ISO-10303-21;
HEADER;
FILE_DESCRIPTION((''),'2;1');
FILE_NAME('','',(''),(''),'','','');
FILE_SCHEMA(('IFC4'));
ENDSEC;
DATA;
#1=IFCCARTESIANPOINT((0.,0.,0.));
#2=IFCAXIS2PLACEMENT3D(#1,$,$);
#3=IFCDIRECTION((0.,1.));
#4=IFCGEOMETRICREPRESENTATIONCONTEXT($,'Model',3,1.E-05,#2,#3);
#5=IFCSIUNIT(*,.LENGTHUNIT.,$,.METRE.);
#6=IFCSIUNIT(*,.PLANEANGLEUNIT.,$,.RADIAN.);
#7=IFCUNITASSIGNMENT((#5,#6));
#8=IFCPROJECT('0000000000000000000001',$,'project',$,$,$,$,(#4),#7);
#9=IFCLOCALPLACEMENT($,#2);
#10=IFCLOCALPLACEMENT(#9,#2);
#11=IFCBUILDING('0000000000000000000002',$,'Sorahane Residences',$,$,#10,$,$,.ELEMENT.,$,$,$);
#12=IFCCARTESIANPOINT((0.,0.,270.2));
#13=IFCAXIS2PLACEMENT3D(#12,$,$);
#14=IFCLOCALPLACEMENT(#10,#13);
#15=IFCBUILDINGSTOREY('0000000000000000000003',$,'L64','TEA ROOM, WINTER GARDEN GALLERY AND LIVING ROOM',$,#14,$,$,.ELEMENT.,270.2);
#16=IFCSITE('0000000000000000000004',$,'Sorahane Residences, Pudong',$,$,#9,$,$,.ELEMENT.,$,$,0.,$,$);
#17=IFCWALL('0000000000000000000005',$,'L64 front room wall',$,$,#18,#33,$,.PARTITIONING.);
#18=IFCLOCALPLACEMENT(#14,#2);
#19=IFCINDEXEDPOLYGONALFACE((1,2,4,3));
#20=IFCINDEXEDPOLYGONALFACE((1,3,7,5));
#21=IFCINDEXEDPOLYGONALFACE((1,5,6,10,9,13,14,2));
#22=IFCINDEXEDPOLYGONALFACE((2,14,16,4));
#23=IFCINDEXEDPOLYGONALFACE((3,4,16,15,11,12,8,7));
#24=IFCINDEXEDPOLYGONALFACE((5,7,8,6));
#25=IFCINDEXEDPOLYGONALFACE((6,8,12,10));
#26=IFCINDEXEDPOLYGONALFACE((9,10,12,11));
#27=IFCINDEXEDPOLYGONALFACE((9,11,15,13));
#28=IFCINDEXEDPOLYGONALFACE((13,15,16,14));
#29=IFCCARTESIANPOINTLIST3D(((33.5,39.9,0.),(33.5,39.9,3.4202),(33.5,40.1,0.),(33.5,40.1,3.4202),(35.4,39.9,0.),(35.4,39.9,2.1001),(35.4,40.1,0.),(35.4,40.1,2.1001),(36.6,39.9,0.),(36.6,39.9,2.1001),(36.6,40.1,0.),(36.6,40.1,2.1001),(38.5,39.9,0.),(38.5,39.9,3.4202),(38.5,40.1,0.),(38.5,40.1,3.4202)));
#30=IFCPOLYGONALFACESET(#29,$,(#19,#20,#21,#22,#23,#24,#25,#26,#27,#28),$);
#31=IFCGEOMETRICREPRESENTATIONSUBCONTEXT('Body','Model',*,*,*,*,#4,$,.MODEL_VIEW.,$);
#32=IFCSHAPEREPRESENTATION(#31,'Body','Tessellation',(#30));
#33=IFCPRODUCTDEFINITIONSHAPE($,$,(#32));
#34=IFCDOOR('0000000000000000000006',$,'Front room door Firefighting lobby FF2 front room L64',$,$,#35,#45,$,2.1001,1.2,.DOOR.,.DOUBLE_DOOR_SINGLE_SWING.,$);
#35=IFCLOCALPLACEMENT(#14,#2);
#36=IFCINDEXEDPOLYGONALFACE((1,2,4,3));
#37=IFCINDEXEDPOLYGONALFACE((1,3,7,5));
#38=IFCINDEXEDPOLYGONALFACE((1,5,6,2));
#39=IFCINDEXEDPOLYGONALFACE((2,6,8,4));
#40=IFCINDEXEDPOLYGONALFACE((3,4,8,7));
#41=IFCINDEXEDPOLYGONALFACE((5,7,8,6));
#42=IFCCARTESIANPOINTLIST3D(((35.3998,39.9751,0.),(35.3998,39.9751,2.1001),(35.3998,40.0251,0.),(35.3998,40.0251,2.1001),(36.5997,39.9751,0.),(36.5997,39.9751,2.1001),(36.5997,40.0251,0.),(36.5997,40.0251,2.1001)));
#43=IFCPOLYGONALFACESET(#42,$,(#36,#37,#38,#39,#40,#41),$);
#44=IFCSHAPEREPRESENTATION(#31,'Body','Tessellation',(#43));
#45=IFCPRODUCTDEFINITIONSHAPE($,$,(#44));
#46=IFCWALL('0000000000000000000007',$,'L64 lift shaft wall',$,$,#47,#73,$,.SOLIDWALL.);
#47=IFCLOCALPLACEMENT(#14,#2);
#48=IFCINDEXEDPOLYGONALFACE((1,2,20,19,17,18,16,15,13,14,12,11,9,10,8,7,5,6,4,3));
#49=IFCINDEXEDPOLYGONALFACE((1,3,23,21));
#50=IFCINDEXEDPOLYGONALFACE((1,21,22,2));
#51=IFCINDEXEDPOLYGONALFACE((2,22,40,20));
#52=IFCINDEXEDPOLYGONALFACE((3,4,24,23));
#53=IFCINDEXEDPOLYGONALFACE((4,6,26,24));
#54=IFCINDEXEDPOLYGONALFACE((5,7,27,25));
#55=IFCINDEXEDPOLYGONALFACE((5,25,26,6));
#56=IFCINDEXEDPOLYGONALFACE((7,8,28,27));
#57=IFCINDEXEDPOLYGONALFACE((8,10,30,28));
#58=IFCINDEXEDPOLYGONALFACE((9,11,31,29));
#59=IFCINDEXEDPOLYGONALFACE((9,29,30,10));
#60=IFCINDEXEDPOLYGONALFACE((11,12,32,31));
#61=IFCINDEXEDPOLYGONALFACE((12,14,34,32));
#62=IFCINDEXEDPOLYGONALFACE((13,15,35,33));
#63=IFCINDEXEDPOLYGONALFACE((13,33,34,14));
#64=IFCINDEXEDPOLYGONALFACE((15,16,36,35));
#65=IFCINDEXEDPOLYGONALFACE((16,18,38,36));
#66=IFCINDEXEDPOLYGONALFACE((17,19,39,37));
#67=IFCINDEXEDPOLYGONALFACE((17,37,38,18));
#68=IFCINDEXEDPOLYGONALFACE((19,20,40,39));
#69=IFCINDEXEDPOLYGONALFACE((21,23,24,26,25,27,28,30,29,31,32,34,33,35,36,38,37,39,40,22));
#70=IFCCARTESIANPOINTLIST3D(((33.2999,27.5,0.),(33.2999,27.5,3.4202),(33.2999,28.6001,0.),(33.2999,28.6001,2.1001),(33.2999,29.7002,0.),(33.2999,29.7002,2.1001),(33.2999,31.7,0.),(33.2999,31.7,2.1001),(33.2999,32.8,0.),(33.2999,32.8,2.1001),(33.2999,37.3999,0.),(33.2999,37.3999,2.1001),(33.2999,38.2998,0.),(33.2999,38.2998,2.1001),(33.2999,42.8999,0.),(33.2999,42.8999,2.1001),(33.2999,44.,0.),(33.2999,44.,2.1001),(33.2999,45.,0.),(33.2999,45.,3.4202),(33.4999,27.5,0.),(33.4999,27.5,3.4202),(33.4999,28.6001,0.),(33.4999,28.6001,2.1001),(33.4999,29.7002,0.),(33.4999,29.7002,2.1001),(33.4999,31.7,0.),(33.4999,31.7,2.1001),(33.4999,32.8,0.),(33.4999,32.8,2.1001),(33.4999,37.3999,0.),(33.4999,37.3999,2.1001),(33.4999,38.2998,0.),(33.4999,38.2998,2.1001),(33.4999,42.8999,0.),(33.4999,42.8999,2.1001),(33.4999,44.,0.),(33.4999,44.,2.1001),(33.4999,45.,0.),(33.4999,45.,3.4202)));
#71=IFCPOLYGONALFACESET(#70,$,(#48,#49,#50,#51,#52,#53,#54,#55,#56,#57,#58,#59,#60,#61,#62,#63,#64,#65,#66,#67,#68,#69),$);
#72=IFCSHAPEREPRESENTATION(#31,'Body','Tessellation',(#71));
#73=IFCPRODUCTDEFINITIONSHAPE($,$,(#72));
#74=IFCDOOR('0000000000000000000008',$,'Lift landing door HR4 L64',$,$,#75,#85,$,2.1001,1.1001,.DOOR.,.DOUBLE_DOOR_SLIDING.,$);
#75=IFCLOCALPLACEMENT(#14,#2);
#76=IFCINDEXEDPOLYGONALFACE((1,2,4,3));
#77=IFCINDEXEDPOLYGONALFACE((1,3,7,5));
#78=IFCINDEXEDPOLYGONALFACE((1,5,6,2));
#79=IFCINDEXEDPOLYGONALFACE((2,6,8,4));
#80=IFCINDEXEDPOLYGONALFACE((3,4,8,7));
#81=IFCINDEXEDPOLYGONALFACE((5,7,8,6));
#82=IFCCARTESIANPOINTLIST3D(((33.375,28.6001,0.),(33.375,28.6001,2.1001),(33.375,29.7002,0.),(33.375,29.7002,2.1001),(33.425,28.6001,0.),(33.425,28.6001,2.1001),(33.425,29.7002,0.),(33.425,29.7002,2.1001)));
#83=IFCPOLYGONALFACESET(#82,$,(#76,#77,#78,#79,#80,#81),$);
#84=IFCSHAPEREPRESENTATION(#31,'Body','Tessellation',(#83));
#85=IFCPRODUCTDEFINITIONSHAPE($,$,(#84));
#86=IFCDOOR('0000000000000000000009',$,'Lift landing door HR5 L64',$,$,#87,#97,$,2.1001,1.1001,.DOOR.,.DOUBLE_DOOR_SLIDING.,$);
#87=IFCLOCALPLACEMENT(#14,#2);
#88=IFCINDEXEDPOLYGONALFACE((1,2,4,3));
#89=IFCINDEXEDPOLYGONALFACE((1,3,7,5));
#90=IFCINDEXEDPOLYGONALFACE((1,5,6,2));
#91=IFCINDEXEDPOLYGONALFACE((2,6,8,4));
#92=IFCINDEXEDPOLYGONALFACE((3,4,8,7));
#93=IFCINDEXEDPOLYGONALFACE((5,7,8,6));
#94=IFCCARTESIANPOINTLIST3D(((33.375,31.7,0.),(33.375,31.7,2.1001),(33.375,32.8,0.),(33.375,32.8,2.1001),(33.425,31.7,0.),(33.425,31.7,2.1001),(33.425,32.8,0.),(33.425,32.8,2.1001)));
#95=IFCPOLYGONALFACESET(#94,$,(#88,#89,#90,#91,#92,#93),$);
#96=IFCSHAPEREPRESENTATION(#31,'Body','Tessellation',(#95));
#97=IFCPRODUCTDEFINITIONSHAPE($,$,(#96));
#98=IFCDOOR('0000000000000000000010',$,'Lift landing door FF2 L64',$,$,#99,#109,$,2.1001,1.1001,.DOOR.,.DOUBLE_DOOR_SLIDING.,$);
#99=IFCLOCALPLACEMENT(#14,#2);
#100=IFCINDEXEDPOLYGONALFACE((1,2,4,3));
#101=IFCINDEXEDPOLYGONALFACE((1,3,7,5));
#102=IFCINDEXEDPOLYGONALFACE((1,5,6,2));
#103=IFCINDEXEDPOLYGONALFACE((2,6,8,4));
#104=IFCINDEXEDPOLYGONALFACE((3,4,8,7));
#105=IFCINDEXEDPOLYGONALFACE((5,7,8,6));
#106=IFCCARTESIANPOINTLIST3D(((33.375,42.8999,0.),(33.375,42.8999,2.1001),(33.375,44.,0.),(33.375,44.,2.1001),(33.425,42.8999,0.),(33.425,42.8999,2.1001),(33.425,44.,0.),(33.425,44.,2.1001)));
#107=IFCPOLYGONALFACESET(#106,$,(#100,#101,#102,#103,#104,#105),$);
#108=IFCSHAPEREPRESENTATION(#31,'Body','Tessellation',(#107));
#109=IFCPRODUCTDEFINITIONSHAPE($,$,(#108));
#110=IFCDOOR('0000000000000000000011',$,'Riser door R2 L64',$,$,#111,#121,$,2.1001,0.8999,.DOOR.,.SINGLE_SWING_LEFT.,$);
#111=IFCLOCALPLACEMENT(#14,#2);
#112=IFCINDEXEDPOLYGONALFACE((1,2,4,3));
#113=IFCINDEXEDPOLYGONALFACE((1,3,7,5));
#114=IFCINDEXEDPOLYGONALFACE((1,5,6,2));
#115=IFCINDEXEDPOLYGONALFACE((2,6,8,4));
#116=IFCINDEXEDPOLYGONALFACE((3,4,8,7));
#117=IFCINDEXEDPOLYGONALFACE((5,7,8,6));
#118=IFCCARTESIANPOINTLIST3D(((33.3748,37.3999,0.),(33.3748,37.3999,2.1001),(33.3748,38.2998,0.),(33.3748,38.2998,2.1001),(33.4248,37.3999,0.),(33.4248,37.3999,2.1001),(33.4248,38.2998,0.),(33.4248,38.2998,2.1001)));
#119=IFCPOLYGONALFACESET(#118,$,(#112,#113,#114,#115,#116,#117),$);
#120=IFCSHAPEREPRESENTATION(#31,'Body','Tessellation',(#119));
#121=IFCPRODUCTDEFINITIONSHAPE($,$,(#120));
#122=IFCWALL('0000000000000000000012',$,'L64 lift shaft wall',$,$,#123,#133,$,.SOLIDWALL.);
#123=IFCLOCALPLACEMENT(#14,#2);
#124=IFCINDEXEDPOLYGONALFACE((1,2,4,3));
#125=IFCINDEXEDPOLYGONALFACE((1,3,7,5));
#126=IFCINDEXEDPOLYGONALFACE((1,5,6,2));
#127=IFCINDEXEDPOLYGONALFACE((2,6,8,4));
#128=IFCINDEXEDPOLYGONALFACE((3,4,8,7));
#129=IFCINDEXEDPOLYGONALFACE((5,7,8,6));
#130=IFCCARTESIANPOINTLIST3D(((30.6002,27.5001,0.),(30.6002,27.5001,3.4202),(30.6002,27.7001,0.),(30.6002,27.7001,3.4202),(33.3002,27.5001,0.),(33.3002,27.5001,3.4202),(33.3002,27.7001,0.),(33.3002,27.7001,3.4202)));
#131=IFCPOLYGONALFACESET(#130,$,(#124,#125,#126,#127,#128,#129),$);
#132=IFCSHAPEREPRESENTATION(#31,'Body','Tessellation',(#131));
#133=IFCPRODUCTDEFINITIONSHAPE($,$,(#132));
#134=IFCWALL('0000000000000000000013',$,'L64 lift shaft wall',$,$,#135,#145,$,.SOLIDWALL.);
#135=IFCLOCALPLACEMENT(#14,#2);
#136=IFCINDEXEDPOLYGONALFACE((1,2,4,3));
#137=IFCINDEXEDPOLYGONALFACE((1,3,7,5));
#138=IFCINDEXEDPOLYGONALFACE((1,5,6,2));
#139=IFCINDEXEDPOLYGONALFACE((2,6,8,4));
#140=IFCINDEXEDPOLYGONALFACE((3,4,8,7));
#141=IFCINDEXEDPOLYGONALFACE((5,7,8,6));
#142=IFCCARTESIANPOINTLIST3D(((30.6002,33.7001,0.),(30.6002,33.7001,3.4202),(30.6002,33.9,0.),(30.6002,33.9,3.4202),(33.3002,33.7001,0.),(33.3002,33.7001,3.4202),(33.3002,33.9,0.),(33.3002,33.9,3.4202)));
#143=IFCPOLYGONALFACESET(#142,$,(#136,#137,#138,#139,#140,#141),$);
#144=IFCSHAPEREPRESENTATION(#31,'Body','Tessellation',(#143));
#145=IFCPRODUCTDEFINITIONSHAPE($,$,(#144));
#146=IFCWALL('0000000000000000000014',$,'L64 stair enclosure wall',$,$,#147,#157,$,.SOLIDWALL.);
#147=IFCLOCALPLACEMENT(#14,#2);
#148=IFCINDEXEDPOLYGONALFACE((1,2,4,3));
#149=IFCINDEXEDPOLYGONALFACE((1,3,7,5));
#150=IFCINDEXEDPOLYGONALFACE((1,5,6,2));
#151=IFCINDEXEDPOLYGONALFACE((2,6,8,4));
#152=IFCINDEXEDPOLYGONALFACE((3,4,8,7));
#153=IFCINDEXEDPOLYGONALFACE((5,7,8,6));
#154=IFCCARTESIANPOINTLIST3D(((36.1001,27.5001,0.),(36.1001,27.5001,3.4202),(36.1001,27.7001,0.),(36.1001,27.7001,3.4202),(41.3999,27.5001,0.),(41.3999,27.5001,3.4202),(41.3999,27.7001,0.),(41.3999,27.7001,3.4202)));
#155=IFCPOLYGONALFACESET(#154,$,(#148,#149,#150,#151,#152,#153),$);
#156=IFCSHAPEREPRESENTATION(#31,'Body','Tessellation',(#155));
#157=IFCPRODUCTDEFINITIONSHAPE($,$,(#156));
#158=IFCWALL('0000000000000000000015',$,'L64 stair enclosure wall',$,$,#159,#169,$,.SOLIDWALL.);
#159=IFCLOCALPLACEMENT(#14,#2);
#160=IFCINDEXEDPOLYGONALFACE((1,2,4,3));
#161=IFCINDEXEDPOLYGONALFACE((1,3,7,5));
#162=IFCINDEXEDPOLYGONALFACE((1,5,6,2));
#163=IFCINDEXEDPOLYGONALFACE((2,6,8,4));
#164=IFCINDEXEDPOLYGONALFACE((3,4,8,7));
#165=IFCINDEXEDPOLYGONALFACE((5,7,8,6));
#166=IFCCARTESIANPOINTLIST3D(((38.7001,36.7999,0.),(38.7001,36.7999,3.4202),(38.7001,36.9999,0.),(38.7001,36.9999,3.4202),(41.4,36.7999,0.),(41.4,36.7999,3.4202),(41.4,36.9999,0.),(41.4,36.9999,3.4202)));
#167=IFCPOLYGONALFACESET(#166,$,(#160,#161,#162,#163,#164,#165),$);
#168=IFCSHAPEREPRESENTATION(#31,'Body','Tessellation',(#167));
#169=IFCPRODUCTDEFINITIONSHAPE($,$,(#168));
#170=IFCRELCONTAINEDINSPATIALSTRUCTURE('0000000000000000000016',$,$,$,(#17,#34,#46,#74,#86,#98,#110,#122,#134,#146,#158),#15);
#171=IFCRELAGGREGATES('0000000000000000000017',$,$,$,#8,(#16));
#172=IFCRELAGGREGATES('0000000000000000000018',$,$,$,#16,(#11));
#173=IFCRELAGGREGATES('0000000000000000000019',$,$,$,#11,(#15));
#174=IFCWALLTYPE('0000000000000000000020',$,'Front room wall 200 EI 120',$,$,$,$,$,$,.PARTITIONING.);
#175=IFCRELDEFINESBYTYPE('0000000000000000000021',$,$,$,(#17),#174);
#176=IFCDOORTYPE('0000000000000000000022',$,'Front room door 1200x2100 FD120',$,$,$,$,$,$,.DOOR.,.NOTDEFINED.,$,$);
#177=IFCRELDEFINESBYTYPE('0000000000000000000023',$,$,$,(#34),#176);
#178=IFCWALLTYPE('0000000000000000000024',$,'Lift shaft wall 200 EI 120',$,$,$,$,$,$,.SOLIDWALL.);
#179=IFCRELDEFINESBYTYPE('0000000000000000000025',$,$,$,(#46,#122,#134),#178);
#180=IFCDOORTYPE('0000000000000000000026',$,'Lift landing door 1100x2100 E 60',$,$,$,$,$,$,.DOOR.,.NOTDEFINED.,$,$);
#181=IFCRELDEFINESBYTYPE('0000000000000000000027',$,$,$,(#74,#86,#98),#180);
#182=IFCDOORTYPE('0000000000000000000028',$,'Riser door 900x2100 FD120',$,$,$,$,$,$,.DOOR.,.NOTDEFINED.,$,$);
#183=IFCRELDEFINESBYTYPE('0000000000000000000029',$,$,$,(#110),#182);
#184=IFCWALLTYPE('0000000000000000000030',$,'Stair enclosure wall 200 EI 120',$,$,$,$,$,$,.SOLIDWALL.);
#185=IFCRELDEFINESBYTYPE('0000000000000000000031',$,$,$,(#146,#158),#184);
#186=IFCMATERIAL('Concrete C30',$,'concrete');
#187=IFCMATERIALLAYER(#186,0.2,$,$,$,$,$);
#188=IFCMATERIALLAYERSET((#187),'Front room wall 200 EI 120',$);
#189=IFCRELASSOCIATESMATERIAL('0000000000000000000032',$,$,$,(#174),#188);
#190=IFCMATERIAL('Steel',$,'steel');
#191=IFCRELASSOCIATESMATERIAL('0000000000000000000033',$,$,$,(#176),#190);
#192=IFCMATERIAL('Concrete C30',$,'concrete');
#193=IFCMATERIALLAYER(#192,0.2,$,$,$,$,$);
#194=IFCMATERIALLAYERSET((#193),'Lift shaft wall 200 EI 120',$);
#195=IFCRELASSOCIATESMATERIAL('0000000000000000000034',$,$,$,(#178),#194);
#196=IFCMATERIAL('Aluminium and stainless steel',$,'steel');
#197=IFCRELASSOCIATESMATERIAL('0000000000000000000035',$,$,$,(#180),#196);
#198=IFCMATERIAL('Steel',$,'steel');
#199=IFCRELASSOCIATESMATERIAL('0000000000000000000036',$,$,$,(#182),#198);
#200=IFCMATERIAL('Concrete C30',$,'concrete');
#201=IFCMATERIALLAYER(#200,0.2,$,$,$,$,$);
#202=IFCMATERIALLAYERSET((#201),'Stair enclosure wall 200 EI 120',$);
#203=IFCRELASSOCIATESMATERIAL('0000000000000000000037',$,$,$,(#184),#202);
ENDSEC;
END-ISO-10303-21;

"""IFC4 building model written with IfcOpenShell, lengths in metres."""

from ifc_helpers import new_model, si_unit, direction, frame, frame_2d, origin, place, context, subcontext, project, spatial, rectangle, extrude, material, layer, layer_set, type_object, element, fill, save


model = new_model("IFC4")

# Units and contexts
model_context = context("Model", 3, precision=1e-05, world=origin(), true_north=direction((0.0, 1.0)))
body_context = subcontext(model_context, "Body", "Model", "MODEL_VIEW")
ifc_project = project(units=[si_unit("LENGTHUNIT", "METRE"), si_unit("PLANEANGLEUNIT", "RADIAN")], contexts=[model_context])

# Site, building, storey
site_placement = place(None, origin())
site = spatial("IfcSite", under=ifc_project, at=site_placement, Name="Sorahane Residences, Pudong", CompositionType="ELEMENT", RefElevation=0.0)
building_placement = place(site_placement, origin())
building = spatial("IfcBuilding", under=site, at=building_placement, Name="Sorahane Residences", CompositionType="ELEMENT")
storey_placement = place(building_placement, frame((0.0, 0.0, 270.2)))
storey = spatial("IfcBuildingStorey", under=building, at=storey_placement, Name="L64", Description="TEA ROOM, WINTER GARDEN GALLERY AND LIVING ROOM", CompositionType="ELEMENT", Elevation=270.2)

# Wall, opening, door
ifc_material_1 = material(Name="Concrete C30", Category="concrete")
ifc_layer_1 = layer(ifc_material_1, 0.2)
ifc_layer_set_1 = layer_set([ifc_layer_1], Name="Front room wall 200 EI 120")
wall_type_1 = type_object("IfcWallType", Name="Front room wall 200 EI 120", PredefinedType="PARTITIONING", material=ifc_layer_set_1)
wall_1_placement = place(storey_placement, frame((33.5, 40.0, 0.0), z_axis=(0.0, 0.0, 1.0), x_axis=(1.0, 0.0, 0.0)))
wall_1 = element("IfcWall", 1, at=wall_1_placement, inside=storey, type_object=wall_type_1, Name="L64 front room wall", PredefinedType="PARTITIONING", context=body_context, shape_type="SweptSolid", body=[
    extrude(rectangle(XDim=5.0, YDim=0.2, at=frame_2d((2.5, 0.0))), origin(), (0.0, 0.0, 1.0), 3.4202),
])
opening_1_placement = place(wall_1_placement, frame((1.8999, 0.0, 0.0)))
opening_1 = element("IfcOpeningElement", 2, at=opening_1_placement, cuts=wall_1, PredefinedType="OPENING", context=body_context, shape_type="SweptSolid", body=[
    extrude(rectangle(XDim=1.2, YDim=2.1001, at=frame_2d((0.6001, 1.05))), frame((0.0, 0.1099, 0.0), z_axis=(0.0, -1.0, 0.0), x_axis=(1.0, 0.0, 0.0)), (0.0, 0.0, 1.0), 0.22),
])
ifc_material_2 = material(Name="Steel", Category="steel")
door_type_1 = type_object("IfcDoorType", Name="Front room door 1200x2100 FD120", OperationType="NOTDEFINED", PredefinedType="DOOR", material=ifc_material_2)
door_1_placement = place(opening_1_placement, frame((1.2, 0.0, 0.0), z_axis=(0.0, 0.0, 1.0), x_axis=(-1.0, 0.0, 0.0)))
door_1 = element("IfcDoor", 3, at=door_1_placement, inside=storey, type_object=door_type_1, Name="Front room door Firefighting lobby FF2 front room L64", OperationType="DOUBLE_DOOR_SINGLE_SWING", OverallHeight=2.1001, OverallWidth=1.2, PredefinedType="DOOR", context=body_context, shape_type="SweptSolid", body=[
    extrude(rectangle(XDim=1.2, YDim=2.1001, at=frame_2d((0.6001, 1.05))), frame((0.0, 0.0249, 0.0), z_axis=(0.0, -1.0, 0.0), x_axis=(1.0, 0.0, 0.0)), (0.0, 0.0, 1.0), 0.05),
])
fill(opening_1, door_1)

# Wall, openings, doors
ifc_material_3 = material(Name="Concrete C30", Category="concrete")
ifc_layer_2 = layer(ifc_material_3, 0.2)
ifc_layer_set_2 = layer_set([ifc_layer_2], Name="Lift shaft wall 200 EI 120")
wall_type_2 = type_object("IfcWallType", Name="Lift shaft wall 200 EI 120", PredefinedType="SOLIDWALL", material=ifc_layer_set_2)
wall_2_placement = place(storey_placement, frame((33.3999, 27.5, 0.0), z_axis=(0.0, 0.0, 1.0), x_axis=(0.0, 1.0, 0.0)))
wall_2 = element("IfcWall", 4, at=wall_2_placement, inside=storey, type_object=wall_type_2, Name="L64 lift shaft wall", PredefinedType="SOLIDWALL", context=body_context, shape_type="SweptSolid", body=[
    extrude(rectangle(XDim=17.5, YDim=0.2, at=frame_2d((8.75, 0.0))), origin(), (0.0, 0.0, 1.0), 3.4202),
])
opening_2_placement = place(wall_2_placement, frame((1.1001, 0.0, 0.0)))
opening_2 = element("IfcOpeningElement", 5, at=opening_2_placement, cuts=wall_2, PredefinedType="OPENING", context=body_context, shape_type="SweptSolid", body=[
    extrude(rectangle(XDim=1.1001, YDim=2.1001, at=frame_2d((0.55, 1.05))), frame((0.0, 0.1099, 0.0), z_axis=(0.0, -1.0, 0.0), x_axis=(1.0, 0.0, 0.0)), (0.0, 0.0, 1.0), 0.22),
])
opening_3_placement = place(wall_2_placement, frame((4.2, 0.0, 0.0)))
opening_3 = element("IfcOpeningElement", 6, at=opening_3_placement, cuts=wall_2, PredefinedType="OPENING", context=body_context, shape_type="SweptSolid", body=[
    extrude(rectangle(XDim=1.1001, YDim=2.1001, at=frame_2d((0.55, 1.05))), frame((0.0, 0.1099, 0.0), z_axis=(0.0, -1.0, 0.0), x_axis=(1.0, 0.0, 0.0)), (0.0, 0.0, 1.0), 0.22),
])
opening_4_placement = place(wall_2_placement, frame((15.3999, 0.0, 0.0)))
opening_4 = element("IfcOpeningElement", 7, at=opening_4_placement, cuts=wall_2, PredefinedType="OPENING", context=body_context, shape_type="SweptSolid", body=[
    extrude(rectangle(XDim=1.1001, YDim=2.1001, at=frame_2d((0.55, 1.05))), frame((0.0, 0.1099, 0.0), z_axis=(0.0, -1.0, 0.0), x_axis=(1.0, 0.0, 0.0)), (0.0, 0.0, 1.0), 0.22),
])
opening_5_placement = place(wall_2_placement, frame((9.8999, 0.0, 0.0)))
opening_5 = element("IfcOpeningElement", 8, at=opening_5_placement, cuts=wall_2, PredefinedType="OPENING", context=body_context, shape_type="SweptSolid", body=[
    extrude(rectangle(XDim=0.8999, YDim=2.1001, at=frame_2d((0.45, 1.05))), frame((0.0, 0.1099, 0.0), z_axis=(0.0, -1.0, 0.0), x_axis=(1.0, 0.0, 0.0)), (0.0, 0.0, 1.0), 0.22),
])
ifc_material_4 = material(Name="Aluminium and stainless steel", Category="steel")
door_type_2 = type_object("IfcDoorType", Name="Lift landing door 1100x2100 E 60", OperationType="NOTDEFINED", PredefinedType="DOOR", material=ifc_material_4)
door_2_placement = place(opening_2_placement, origin())
door_2 = element("IfcDoor", 9, at=door_2_placement, inside=storey, type_object=door_type_2, Name="Lift landing door HR4 L64", OperationType="DOUBLE_DOOR_SLIDING", OverallHeight=2.1001, OverallWidth=1.1001, PredefinedType="DOOR", context=body_context, shape_type="SweptSolid", body=[
    extrude(rectangle(XDim=1.1001, YDim=2.1001, at=frame_2d((0.55, 1.05))), frame((0.0, 0.0249, 0.0), z_axis=(0.0, -1.0, 0.0), x_axis=(1.0, 0.0, 0.0)), (0.0, 0.0, 1.0), 0.05),
])
fill(opening_2, door_2)
door_3_placement = place(opening_3_placement, origin())
door_3 = element("IfcDoor", 10, at=door_3_placement, inside=storey, type_object=door_type_2, Name="Lift landing door HR5 L64", OperationType="DOUBLE_DOOR_SLIDING", OverallHeight=2.1001, OverallWidth=1.1001, PredefinedType="DOOR", context=body_context, shape_type="SweptSolid", body=[
    extrude(rectangle(XDim=1.1001, YDim=2.1001, at=frame_2d((0.55, 1.05))), frame((0.0, 0.0249, 0.0), z_axis=(0.0, -1.0, 0.0), x_axis=(1.0, 0.0, 0.0)), (0.0, 0.0, 1.0), 0.05),
])
fill(opening_3, door_3)
door_4_placement = place(opening_4_placement, origin())
door_4 = element("IfcDoor", 11, at=door_4_placement, inside=storey, type_object=door_type_2, Name="Lift landing door FF2 L64", OperationType="DOUBLE_DOOR_SLIDING", OverallHeight=2.1001, OverallWidth=1.1001, PredefinedType="DOOR", context=body_context, shape_type="SweptSolid", body=[
    extrude(rectangle(XDim=1.1001, YDim=2.1001, at=frame_2d((0.55, 1.05))), frame((0.0, 0.0249, 0.0), z_axis=(0.0, -1.0, 0.0), x_axis=(1.0, 0.0, 0.0)), (0.0, 0.0, 1.0), 0.05),
])
fill(opening_4, door_4)
ifc_material_5 = material(Name="Steel", Category="steel")
door_type_3 = type_object("IfcDoorType", Name="Riser door 900x2100 FD120", OperationType="NOTDEFINED", PredefinedType="DOOR", material=ifc_material_5)
door_5_placement = place(opening_5_placement, frame((0.8999, 0.0, 0.0), z_axis=(0.0, 0.0, 1.0), x_axis=(-1.0, 0.0, 0.0)))
door_5 = element("IfcDoor", 12, at=door_5_placement, inside=storey, type_object=door_type_3, Name="Riser door R2 L64", OperationType="SINGLE_SWING_LEFT", OverallHeight=2.1001, OverallWidth=0.8999, PredefinedType="DOOR", context=body_context, shape_type="SweptSolid", body=[
    extrude(rectangle(XDim=0.8999, YDim=2.1001, at=frame_2d((0.45, 1.05))), frame((0.0, 0.0249, 0.0), z_axis=(0.0, -1.0, 0.0), x_axis=(1.0, 0.0, 0.0)), (0.0, 0.0, 1.0), 0.05),
])
fill(opening_5, door_5)

# Walls
for number, where, z_axis, x_axis, name in (
    (13, (30.6001, 27.6001, 0.0), (0.0, 0.0, 1.0), (1.0, 0.0, 0.0), "L64 lift shaft wall"),
    (14, (30.6001, 33.8, 0.0), (0.0, 0.0, 1.0), (1.0, 0.0, 0.0), "L64 lift shaft wall"),
):
    element("IfcWall", number, at=place(storey_placement, frame(where, z_axis=z_axis, x_axis=x_axis)), inside=storey, type_object=wall_type_2, Name=name, PredefinedType="SOLIDWALL", context=body_context, shape_type="SweptSolid", body=[
        extrude(rectangle(XDim=2.7, YDim=0.2, at=frame_2d((1.3501, 0.0))), origin(), (0.0, 0.0, 1.0), 3.4202),
    ])
ifc_material_6 = material(Name="Concrete C30", Category="concrete")
ifc_layer_3 = layer(ifc_material_6, 0.2)
ifc_layer_set_3 = layer_set([ifc_layer_3], Name="Stair enclosure wall 200 EI 120")
wall_type_3 = type_object("IfcWallType", Name="Stair enclosure wall 200 EI 120", PredefinedType="SOLIDWALL", material=ifc_layer_set_3)
wall_3_placement = place(storey_placement, frame((36.1001, 27.6001, 0.0), z_axis=(0.0, 0.0, 1.0), x_axis=(1.0, 0.0, 0.0)))
element("IfcWall", 15, at=wall_3_placement, inside=storey, type_object=wall_type_3, Name="L64 stair enclosure wall", PredefinedType="SOLIDWALL", context=body_context, shape_type="SweptSolid", body=[
    extrude(rectangle(XDim=5.2998, YDim=0.2, at=frame_2d((2.6499, 0.0))), origin(), (0.0, 0.0, 1.0), 3.4202),
])
wall_4_placement = place(storey_placement, frame((38.7, 36.8999, 0.0), z_axis=(0.0, 0.0, 1.0), x_axis=(1.0, 0.0, 0.0)))
element("IfcWall", 16, at=wall_4_placement, inside=storey, type_object=wall_type_3, Name="L64 stair enclosure wall", PredefinedType="SOLIDWALL", context=body_context, shape_type="SweptSolid", body=[
    extrude(rectangle(XDim=2.7, YDim=0.2, at=frame_2d((1.3501, 0.0))), origin(), (0.0, 0.0, 1.0), 3.4202),
])

save(model, "model.ifc")
